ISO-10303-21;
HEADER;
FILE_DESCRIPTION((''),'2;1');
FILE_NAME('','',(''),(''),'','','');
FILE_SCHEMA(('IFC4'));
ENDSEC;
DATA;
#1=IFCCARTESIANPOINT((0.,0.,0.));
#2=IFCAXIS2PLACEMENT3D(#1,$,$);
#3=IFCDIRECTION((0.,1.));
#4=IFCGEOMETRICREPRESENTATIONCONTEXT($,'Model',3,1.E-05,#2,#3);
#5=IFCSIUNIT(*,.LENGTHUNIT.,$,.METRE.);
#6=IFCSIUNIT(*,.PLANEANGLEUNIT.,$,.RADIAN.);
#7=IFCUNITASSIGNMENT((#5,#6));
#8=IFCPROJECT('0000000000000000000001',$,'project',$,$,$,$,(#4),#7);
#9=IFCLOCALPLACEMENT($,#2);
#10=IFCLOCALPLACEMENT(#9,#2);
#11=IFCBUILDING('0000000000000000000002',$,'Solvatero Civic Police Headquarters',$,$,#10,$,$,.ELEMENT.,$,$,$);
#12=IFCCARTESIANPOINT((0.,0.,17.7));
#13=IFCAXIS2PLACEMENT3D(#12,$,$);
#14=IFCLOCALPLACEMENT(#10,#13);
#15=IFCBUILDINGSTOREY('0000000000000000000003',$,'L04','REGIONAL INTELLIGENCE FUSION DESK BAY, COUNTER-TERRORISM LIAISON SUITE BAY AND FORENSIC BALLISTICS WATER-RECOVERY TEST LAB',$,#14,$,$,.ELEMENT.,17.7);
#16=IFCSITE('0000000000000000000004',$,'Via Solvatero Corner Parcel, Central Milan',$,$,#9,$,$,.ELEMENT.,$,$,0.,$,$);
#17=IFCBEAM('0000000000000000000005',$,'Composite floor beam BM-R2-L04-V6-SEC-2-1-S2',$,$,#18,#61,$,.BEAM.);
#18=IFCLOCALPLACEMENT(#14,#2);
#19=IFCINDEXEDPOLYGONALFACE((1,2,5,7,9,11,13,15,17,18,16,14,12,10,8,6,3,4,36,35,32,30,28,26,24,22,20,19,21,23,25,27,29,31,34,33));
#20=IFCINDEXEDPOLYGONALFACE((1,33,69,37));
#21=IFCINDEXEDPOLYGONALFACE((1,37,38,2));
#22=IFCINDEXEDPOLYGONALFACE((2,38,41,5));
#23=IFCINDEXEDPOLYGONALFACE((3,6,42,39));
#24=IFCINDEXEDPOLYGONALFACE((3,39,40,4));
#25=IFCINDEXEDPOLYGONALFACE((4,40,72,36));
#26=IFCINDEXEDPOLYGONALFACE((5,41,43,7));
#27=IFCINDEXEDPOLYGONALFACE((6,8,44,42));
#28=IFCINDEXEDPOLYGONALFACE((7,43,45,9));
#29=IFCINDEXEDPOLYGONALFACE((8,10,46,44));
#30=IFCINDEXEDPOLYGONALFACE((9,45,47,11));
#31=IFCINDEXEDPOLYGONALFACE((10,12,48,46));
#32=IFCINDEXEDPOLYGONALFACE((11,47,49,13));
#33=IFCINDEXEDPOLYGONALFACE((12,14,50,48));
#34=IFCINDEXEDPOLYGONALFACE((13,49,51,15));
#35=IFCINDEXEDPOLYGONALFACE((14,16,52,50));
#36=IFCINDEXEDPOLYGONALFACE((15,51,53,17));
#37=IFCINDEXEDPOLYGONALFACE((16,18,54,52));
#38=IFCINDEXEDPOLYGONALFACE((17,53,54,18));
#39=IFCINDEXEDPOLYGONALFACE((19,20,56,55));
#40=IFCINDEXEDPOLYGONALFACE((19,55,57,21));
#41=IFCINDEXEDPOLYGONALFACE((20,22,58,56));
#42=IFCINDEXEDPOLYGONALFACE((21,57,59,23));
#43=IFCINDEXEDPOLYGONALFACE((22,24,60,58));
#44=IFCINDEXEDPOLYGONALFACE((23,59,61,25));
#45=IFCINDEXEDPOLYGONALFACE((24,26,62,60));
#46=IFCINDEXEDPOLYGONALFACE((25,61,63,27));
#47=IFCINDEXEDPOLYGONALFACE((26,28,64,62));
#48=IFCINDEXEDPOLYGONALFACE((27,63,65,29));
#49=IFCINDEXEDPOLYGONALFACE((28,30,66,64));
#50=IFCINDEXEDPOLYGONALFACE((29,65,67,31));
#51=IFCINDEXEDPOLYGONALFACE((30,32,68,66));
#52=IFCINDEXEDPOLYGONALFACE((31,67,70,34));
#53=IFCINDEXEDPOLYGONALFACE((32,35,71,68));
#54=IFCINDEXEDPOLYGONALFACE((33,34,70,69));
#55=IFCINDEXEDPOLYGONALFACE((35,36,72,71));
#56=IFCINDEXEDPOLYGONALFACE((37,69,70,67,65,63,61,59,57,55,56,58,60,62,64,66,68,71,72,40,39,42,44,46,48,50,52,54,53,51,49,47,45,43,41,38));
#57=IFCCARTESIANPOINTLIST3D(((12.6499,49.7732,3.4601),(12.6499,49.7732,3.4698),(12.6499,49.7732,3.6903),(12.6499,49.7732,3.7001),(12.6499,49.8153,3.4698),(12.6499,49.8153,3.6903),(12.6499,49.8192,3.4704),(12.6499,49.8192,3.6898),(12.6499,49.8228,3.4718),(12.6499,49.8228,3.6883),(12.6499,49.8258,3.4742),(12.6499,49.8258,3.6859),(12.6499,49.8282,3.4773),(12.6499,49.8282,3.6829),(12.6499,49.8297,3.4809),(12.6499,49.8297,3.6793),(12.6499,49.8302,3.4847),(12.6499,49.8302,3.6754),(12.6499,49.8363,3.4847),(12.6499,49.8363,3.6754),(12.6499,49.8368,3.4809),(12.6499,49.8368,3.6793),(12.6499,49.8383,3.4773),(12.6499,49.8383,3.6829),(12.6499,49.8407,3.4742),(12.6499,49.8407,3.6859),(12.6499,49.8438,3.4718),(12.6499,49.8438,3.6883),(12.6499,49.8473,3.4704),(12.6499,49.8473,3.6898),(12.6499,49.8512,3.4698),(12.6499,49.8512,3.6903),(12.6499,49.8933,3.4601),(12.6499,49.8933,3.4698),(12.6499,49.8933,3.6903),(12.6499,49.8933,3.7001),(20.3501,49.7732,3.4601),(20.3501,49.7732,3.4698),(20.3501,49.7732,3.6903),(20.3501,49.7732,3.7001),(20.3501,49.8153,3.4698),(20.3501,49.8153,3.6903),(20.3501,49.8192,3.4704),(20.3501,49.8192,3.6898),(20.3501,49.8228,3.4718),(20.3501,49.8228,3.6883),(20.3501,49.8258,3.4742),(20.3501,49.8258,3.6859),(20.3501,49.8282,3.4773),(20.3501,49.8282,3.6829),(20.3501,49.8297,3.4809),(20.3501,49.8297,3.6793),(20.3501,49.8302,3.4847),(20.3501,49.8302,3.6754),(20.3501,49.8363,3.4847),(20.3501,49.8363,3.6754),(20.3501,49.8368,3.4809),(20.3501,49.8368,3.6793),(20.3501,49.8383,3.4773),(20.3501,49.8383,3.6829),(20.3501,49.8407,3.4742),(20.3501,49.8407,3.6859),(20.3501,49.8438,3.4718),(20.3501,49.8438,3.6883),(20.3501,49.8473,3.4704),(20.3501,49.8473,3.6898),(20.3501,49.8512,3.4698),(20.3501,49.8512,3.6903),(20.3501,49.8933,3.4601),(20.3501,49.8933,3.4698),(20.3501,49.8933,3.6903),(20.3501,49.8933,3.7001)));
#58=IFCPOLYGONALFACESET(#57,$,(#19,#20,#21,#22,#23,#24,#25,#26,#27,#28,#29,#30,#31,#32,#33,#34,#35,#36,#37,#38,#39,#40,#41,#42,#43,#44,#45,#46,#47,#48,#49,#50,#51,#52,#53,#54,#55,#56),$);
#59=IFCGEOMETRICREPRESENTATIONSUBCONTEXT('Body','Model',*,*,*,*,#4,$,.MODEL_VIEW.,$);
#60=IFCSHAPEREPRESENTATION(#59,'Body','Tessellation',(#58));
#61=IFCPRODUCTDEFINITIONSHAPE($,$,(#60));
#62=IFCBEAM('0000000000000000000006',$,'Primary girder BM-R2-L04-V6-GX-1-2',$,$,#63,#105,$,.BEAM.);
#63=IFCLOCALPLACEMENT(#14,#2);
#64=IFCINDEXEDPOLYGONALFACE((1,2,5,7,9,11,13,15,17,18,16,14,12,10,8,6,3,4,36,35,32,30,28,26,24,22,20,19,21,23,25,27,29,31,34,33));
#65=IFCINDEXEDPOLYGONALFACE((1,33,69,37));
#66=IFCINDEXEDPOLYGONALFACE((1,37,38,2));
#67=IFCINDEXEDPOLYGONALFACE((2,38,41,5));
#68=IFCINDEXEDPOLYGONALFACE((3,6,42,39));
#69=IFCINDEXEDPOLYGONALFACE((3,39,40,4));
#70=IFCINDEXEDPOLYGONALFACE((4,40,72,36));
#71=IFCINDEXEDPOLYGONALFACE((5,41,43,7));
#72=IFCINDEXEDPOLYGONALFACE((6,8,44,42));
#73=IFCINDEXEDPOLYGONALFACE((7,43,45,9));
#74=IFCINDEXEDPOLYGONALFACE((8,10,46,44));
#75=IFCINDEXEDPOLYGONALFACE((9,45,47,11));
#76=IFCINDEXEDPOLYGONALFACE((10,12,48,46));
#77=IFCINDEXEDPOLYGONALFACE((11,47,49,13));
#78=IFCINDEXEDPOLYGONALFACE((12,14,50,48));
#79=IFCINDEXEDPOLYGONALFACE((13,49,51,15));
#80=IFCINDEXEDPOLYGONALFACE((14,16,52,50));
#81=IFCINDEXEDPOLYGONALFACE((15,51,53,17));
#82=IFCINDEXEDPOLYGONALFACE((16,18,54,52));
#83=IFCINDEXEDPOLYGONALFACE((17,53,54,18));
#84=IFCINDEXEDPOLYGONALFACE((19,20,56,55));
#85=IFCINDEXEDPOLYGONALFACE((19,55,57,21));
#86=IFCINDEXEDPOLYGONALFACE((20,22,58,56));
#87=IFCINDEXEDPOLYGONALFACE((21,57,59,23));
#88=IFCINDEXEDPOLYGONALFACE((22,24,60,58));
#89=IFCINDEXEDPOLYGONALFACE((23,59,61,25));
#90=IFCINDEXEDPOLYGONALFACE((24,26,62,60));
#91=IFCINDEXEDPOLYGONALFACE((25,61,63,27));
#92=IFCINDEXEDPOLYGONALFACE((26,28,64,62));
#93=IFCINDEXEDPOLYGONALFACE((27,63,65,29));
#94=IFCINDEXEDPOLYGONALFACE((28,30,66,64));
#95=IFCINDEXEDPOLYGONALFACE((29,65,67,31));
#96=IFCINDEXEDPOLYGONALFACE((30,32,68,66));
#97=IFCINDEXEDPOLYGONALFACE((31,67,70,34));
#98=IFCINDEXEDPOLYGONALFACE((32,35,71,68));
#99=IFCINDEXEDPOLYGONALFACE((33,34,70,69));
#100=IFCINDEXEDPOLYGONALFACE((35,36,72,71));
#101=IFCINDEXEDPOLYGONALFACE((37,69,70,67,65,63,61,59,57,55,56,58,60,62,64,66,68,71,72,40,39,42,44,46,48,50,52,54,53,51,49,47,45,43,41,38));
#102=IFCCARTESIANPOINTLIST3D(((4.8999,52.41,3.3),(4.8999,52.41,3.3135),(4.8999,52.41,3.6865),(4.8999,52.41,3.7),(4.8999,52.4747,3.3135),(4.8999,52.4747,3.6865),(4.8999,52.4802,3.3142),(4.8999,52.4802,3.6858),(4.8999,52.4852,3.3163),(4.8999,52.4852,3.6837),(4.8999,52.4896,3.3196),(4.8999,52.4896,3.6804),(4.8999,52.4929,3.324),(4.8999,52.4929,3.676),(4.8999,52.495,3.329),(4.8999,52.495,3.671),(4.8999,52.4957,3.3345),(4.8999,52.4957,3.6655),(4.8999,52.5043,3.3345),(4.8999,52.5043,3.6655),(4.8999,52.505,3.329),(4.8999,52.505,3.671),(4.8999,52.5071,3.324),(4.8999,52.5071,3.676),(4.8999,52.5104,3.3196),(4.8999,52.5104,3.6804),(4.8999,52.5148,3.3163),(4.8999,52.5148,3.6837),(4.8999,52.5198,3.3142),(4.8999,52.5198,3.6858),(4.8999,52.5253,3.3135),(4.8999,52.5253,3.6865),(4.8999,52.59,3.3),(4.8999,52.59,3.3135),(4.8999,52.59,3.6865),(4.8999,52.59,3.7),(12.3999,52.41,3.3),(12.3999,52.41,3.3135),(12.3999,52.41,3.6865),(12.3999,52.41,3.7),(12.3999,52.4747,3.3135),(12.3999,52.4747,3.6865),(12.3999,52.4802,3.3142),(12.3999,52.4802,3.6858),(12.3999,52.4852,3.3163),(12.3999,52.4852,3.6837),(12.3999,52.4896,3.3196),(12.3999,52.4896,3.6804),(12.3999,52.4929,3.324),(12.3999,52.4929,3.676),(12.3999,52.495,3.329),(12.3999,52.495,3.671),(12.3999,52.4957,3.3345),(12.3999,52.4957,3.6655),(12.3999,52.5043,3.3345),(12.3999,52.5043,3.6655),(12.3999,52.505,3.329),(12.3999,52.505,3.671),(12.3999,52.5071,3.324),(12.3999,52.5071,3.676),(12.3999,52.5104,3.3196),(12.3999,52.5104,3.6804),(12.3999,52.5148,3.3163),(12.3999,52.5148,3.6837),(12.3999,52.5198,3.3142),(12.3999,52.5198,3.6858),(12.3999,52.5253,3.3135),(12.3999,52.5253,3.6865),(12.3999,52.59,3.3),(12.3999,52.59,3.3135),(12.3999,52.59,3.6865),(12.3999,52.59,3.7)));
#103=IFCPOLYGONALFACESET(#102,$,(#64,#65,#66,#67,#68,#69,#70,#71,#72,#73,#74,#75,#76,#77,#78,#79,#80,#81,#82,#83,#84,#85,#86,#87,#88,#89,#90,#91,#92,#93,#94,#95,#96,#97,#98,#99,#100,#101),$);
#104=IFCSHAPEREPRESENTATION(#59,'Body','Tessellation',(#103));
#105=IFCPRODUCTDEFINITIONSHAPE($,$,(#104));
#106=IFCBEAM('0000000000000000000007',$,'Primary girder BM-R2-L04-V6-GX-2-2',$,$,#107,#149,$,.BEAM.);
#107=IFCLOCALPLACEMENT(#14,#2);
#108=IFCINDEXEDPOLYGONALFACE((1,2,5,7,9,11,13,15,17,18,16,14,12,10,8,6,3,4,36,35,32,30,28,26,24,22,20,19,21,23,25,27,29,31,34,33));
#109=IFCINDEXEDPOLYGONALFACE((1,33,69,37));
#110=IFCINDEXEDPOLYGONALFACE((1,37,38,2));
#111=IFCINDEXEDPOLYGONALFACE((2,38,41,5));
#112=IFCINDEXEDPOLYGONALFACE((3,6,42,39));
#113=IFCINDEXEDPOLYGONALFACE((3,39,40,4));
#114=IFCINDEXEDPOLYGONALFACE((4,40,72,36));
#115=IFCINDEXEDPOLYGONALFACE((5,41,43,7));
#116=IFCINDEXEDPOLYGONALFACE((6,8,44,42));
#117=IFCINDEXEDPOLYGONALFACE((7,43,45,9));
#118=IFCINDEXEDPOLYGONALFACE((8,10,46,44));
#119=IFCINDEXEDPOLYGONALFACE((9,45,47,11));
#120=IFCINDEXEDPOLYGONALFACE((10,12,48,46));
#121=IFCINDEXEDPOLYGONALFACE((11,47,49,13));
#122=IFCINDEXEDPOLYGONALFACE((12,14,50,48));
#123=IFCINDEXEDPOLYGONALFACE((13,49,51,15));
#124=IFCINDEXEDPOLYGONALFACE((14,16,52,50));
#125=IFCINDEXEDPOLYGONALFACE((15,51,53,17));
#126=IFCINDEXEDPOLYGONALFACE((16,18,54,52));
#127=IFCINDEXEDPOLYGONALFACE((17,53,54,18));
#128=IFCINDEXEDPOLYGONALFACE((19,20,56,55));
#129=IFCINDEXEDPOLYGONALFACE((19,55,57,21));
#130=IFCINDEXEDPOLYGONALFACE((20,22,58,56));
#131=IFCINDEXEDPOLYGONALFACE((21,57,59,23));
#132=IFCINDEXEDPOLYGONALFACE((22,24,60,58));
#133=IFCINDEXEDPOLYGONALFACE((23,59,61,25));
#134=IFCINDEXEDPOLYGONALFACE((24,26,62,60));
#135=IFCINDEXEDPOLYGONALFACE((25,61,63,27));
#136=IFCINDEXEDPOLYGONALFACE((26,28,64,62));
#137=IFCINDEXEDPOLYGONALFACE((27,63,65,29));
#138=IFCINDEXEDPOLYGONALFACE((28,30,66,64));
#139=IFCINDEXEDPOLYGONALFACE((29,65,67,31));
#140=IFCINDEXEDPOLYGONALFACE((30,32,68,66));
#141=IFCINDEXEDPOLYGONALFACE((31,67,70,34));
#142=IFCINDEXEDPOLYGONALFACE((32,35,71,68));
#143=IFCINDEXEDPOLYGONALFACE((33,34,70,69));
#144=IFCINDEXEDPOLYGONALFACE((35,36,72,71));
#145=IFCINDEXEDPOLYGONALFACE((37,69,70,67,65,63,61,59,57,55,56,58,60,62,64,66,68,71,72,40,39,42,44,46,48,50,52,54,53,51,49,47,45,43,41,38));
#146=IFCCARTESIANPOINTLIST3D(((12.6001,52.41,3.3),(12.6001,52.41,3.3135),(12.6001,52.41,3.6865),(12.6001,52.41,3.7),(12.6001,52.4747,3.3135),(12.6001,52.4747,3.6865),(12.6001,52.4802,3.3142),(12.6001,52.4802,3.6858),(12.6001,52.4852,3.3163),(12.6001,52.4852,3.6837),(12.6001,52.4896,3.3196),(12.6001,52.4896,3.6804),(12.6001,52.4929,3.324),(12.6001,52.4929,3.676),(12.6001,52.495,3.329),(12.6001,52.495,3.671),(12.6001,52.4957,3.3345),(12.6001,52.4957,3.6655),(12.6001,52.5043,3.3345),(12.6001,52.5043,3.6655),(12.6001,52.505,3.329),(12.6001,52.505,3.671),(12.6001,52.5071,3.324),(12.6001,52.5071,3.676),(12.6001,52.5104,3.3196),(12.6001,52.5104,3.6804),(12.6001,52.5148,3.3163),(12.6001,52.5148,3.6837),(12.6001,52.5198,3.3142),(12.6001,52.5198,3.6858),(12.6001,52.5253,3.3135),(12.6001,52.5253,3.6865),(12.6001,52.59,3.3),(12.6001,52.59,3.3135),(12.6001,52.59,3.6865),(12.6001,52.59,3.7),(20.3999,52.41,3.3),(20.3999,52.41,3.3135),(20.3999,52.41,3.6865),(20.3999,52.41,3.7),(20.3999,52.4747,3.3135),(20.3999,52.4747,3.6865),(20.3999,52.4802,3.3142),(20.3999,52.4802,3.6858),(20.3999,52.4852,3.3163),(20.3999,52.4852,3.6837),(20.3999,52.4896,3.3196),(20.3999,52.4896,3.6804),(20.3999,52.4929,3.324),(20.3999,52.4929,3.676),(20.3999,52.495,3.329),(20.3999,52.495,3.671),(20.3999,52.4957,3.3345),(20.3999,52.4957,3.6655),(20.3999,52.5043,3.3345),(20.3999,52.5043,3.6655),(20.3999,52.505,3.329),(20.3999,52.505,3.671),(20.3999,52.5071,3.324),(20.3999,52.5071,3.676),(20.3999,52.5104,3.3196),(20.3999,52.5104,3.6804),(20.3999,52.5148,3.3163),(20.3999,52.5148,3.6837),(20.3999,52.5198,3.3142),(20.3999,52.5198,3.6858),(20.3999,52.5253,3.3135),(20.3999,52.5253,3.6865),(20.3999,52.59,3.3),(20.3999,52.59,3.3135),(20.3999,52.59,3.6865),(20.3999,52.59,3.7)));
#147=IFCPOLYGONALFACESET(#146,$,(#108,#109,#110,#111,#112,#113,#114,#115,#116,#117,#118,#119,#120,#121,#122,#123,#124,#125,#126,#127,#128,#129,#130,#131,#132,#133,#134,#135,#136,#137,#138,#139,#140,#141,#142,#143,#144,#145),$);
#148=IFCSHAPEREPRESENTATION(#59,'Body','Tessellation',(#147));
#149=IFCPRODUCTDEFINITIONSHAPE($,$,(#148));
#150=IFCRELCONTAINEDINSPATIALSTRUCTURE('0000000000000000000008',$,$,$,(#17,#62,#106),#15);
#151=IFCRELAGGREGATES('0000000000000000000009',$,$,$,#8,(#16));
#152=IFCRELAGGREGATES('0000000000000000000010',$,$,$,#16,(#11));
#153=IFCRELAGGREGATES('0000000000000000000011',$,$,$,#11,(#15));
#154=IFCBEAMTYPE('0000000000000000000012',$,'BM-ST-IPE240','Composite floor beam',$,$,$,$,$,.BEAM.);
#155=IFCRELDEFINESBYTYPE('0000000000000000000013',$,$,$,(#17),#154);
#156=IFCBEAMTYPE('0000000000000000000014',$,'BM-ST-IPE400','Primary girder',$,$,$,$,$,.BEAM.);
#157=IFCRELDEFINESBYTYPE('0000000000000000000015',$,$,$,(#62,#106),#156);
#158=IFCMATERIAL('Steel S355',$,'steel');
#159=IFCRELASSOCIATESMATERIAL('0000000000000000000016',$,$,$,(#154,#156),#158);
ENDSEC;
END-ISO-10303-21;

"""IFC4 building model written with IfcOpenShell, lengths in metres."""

from ifc_helpers import new_model, si_unit, direction, frame, origin, origin_2d, place, context, subcontext, project, spatial, i_section, extrude, material, material_profile, profile_set, type_object, element, save


model = new_model("IFC4")

# Units and contexts
model_context = context("Model", 3, precision=1e-05, world=origin(), true_north=direction((0.0, 1.0)))
body_context = subcontext(model_context, "Body", "Model", "MODEL_VIEW")
ifc_project = project(units=[si_unit("LENGTHUNIT", "METRE"), si_unit("PLANEANGLEUNIT", "RADIAN")], contexts=[model_context])

# Site, building, storey
site_placement = place(None, origin())
site = spatial("IfcSite", under=ifc_project, at=site_placement, Name="Via Solvatero Corner Parcel, Central Milan", CompositionType="ELEMENT", RefElevation=0.0)
building_placement = place(site_placement, origin())
building = spatial("IfcBuilding", under=site, at=building_placement, Name="Solvatero Civic Police Headquarters", CompositionType="ELEMENT")
storey_placement = place(building_placement, frame((0.0, 0.0, 17.7)))
storey = spatial("IfcBuildingStorey", under=building, at=storey_placement, Name="L04", Description="REGIONAL INTELLIGENCE FUSION DESK BAY, COUNTER-TERRORISM LIAISON SUITE BAY AND FORENSIC BALLISTICS WATER-RECOVERY TEST LAB", CompositionType="ELEMENT", Elevation=17.7)

# Shared definitions
ifc_material = material(Name="Steel S355", Category="steel")

# Beams
ifc_material_profile_1 = material_profile(ifc_material, i_section(OverallWidth=0.1201, OverallDepth=0.24, WebThickness=0.0061, FlangeThickness=0.0098, FilletRadius=0.0149, at=origin_2d()), Name="IPE 240")
ifc_profile_set_1 = profile_set([ifc_material_profile_1], Name="Steel S355")
beam_type_1 = type_object("IfcBeamType", Name="BM-ST-IPE240", Description="Composite floor beam", PredefinedType="BEAM", material=ifc_profile_set_1)
for number, where, z_axis, x_axis, name in (
    (1, (12.6499, 49.8333, 3.5801), (1.0, 0.0, 0.0), (0.0, 1.0, 0.0), "Composite floor beam BM-R2-L04-V6-SEC-2-1-S2"),
):
    element("IfcBeam", number, at=place(storey_placement, frame(where, z_axis=z_axis, x_axis=x_axis)), inside=storey, type_object=beam_type_1, Name=name, PredefinedType="BEAM", context=body_context, shape_type="SweptSolid", body=[
        extrude(i_section(OverallWidth=0.1201, OverallDepth=0.24, WebThickness=0.0061, FlangeThickness=0.0098, FilletRadius=0.0149, at=origin_2d()), origin(), (0.0, 0.0, 1.0), 7.7002),
    ])
ifc_material_profile_2 = material_profile(ifc_material, i_section(OverallWidth=0.1799, OverallDepth=0.3999, WebThickness=0.0085, FlangeThickness=0.0134, FilletRadius=0.021, at=origin_2d()), Name="IPE 400")
ifc_profile_set_2 = profile_set([ifc_material_profile_2], Name="Steel S355")
beam_type_2 = type_object("IfcBeamType", Name="BM-ST-IPE400", Description="Primary girder", PredefinedType="BEAM", material=ifc_profile_set_2)
beam_1_placement = place(storey_placement, frame((4.8999, 52.5, 3.5), z_axis=(1.0, 0.0, 0.0), x_axis=(0.0, 1.0, 0.0)))
element("IfcBeam", 2, at=beam_1_placement, inside=storey, type_object=beam_type_2, Name="Primary girder BM-R2-L04-V6-GX-1-2", PredefinedType="BEAM", context=body_context, shape_type="SweptSolid", body=[
    extrude(i_section(OverallWidth=0.1799, OverallDepth=0.3999, WebThickness=0.0085, FlangeThickness=0.0134, FilletRadius=0.021, at=origin_2d()), origin(), (0.0, 0.0, 1.0), 7.5),
])
beam_2_placement = place(storey_placement, frame((12.6001, 52.5, 3.5), z_axis=(1.0, 0.0, 0.0), x_axis=(0.0, 1.0, 0.0)))
element("IfcBeam", 3, at=beam_2_placement, inside=storey, type_object=beam_type_2, Name="Primary girder BM-R2-L04-V6-GX-2-2", PredefinedType="BEAM", context=body_context, shape_type="SweptSolid", body=[
    extrude(i_section(OverallWidth=0.1799, OverallDepth=0.3999, WebThickness=0.0085, FlangeThickness=0.0134, FilletRadius=0.021, at=origin_2d()), origin(), (0.0, 0.0, 1.0), 7.7998),
])

save(model, "model.ifc")
